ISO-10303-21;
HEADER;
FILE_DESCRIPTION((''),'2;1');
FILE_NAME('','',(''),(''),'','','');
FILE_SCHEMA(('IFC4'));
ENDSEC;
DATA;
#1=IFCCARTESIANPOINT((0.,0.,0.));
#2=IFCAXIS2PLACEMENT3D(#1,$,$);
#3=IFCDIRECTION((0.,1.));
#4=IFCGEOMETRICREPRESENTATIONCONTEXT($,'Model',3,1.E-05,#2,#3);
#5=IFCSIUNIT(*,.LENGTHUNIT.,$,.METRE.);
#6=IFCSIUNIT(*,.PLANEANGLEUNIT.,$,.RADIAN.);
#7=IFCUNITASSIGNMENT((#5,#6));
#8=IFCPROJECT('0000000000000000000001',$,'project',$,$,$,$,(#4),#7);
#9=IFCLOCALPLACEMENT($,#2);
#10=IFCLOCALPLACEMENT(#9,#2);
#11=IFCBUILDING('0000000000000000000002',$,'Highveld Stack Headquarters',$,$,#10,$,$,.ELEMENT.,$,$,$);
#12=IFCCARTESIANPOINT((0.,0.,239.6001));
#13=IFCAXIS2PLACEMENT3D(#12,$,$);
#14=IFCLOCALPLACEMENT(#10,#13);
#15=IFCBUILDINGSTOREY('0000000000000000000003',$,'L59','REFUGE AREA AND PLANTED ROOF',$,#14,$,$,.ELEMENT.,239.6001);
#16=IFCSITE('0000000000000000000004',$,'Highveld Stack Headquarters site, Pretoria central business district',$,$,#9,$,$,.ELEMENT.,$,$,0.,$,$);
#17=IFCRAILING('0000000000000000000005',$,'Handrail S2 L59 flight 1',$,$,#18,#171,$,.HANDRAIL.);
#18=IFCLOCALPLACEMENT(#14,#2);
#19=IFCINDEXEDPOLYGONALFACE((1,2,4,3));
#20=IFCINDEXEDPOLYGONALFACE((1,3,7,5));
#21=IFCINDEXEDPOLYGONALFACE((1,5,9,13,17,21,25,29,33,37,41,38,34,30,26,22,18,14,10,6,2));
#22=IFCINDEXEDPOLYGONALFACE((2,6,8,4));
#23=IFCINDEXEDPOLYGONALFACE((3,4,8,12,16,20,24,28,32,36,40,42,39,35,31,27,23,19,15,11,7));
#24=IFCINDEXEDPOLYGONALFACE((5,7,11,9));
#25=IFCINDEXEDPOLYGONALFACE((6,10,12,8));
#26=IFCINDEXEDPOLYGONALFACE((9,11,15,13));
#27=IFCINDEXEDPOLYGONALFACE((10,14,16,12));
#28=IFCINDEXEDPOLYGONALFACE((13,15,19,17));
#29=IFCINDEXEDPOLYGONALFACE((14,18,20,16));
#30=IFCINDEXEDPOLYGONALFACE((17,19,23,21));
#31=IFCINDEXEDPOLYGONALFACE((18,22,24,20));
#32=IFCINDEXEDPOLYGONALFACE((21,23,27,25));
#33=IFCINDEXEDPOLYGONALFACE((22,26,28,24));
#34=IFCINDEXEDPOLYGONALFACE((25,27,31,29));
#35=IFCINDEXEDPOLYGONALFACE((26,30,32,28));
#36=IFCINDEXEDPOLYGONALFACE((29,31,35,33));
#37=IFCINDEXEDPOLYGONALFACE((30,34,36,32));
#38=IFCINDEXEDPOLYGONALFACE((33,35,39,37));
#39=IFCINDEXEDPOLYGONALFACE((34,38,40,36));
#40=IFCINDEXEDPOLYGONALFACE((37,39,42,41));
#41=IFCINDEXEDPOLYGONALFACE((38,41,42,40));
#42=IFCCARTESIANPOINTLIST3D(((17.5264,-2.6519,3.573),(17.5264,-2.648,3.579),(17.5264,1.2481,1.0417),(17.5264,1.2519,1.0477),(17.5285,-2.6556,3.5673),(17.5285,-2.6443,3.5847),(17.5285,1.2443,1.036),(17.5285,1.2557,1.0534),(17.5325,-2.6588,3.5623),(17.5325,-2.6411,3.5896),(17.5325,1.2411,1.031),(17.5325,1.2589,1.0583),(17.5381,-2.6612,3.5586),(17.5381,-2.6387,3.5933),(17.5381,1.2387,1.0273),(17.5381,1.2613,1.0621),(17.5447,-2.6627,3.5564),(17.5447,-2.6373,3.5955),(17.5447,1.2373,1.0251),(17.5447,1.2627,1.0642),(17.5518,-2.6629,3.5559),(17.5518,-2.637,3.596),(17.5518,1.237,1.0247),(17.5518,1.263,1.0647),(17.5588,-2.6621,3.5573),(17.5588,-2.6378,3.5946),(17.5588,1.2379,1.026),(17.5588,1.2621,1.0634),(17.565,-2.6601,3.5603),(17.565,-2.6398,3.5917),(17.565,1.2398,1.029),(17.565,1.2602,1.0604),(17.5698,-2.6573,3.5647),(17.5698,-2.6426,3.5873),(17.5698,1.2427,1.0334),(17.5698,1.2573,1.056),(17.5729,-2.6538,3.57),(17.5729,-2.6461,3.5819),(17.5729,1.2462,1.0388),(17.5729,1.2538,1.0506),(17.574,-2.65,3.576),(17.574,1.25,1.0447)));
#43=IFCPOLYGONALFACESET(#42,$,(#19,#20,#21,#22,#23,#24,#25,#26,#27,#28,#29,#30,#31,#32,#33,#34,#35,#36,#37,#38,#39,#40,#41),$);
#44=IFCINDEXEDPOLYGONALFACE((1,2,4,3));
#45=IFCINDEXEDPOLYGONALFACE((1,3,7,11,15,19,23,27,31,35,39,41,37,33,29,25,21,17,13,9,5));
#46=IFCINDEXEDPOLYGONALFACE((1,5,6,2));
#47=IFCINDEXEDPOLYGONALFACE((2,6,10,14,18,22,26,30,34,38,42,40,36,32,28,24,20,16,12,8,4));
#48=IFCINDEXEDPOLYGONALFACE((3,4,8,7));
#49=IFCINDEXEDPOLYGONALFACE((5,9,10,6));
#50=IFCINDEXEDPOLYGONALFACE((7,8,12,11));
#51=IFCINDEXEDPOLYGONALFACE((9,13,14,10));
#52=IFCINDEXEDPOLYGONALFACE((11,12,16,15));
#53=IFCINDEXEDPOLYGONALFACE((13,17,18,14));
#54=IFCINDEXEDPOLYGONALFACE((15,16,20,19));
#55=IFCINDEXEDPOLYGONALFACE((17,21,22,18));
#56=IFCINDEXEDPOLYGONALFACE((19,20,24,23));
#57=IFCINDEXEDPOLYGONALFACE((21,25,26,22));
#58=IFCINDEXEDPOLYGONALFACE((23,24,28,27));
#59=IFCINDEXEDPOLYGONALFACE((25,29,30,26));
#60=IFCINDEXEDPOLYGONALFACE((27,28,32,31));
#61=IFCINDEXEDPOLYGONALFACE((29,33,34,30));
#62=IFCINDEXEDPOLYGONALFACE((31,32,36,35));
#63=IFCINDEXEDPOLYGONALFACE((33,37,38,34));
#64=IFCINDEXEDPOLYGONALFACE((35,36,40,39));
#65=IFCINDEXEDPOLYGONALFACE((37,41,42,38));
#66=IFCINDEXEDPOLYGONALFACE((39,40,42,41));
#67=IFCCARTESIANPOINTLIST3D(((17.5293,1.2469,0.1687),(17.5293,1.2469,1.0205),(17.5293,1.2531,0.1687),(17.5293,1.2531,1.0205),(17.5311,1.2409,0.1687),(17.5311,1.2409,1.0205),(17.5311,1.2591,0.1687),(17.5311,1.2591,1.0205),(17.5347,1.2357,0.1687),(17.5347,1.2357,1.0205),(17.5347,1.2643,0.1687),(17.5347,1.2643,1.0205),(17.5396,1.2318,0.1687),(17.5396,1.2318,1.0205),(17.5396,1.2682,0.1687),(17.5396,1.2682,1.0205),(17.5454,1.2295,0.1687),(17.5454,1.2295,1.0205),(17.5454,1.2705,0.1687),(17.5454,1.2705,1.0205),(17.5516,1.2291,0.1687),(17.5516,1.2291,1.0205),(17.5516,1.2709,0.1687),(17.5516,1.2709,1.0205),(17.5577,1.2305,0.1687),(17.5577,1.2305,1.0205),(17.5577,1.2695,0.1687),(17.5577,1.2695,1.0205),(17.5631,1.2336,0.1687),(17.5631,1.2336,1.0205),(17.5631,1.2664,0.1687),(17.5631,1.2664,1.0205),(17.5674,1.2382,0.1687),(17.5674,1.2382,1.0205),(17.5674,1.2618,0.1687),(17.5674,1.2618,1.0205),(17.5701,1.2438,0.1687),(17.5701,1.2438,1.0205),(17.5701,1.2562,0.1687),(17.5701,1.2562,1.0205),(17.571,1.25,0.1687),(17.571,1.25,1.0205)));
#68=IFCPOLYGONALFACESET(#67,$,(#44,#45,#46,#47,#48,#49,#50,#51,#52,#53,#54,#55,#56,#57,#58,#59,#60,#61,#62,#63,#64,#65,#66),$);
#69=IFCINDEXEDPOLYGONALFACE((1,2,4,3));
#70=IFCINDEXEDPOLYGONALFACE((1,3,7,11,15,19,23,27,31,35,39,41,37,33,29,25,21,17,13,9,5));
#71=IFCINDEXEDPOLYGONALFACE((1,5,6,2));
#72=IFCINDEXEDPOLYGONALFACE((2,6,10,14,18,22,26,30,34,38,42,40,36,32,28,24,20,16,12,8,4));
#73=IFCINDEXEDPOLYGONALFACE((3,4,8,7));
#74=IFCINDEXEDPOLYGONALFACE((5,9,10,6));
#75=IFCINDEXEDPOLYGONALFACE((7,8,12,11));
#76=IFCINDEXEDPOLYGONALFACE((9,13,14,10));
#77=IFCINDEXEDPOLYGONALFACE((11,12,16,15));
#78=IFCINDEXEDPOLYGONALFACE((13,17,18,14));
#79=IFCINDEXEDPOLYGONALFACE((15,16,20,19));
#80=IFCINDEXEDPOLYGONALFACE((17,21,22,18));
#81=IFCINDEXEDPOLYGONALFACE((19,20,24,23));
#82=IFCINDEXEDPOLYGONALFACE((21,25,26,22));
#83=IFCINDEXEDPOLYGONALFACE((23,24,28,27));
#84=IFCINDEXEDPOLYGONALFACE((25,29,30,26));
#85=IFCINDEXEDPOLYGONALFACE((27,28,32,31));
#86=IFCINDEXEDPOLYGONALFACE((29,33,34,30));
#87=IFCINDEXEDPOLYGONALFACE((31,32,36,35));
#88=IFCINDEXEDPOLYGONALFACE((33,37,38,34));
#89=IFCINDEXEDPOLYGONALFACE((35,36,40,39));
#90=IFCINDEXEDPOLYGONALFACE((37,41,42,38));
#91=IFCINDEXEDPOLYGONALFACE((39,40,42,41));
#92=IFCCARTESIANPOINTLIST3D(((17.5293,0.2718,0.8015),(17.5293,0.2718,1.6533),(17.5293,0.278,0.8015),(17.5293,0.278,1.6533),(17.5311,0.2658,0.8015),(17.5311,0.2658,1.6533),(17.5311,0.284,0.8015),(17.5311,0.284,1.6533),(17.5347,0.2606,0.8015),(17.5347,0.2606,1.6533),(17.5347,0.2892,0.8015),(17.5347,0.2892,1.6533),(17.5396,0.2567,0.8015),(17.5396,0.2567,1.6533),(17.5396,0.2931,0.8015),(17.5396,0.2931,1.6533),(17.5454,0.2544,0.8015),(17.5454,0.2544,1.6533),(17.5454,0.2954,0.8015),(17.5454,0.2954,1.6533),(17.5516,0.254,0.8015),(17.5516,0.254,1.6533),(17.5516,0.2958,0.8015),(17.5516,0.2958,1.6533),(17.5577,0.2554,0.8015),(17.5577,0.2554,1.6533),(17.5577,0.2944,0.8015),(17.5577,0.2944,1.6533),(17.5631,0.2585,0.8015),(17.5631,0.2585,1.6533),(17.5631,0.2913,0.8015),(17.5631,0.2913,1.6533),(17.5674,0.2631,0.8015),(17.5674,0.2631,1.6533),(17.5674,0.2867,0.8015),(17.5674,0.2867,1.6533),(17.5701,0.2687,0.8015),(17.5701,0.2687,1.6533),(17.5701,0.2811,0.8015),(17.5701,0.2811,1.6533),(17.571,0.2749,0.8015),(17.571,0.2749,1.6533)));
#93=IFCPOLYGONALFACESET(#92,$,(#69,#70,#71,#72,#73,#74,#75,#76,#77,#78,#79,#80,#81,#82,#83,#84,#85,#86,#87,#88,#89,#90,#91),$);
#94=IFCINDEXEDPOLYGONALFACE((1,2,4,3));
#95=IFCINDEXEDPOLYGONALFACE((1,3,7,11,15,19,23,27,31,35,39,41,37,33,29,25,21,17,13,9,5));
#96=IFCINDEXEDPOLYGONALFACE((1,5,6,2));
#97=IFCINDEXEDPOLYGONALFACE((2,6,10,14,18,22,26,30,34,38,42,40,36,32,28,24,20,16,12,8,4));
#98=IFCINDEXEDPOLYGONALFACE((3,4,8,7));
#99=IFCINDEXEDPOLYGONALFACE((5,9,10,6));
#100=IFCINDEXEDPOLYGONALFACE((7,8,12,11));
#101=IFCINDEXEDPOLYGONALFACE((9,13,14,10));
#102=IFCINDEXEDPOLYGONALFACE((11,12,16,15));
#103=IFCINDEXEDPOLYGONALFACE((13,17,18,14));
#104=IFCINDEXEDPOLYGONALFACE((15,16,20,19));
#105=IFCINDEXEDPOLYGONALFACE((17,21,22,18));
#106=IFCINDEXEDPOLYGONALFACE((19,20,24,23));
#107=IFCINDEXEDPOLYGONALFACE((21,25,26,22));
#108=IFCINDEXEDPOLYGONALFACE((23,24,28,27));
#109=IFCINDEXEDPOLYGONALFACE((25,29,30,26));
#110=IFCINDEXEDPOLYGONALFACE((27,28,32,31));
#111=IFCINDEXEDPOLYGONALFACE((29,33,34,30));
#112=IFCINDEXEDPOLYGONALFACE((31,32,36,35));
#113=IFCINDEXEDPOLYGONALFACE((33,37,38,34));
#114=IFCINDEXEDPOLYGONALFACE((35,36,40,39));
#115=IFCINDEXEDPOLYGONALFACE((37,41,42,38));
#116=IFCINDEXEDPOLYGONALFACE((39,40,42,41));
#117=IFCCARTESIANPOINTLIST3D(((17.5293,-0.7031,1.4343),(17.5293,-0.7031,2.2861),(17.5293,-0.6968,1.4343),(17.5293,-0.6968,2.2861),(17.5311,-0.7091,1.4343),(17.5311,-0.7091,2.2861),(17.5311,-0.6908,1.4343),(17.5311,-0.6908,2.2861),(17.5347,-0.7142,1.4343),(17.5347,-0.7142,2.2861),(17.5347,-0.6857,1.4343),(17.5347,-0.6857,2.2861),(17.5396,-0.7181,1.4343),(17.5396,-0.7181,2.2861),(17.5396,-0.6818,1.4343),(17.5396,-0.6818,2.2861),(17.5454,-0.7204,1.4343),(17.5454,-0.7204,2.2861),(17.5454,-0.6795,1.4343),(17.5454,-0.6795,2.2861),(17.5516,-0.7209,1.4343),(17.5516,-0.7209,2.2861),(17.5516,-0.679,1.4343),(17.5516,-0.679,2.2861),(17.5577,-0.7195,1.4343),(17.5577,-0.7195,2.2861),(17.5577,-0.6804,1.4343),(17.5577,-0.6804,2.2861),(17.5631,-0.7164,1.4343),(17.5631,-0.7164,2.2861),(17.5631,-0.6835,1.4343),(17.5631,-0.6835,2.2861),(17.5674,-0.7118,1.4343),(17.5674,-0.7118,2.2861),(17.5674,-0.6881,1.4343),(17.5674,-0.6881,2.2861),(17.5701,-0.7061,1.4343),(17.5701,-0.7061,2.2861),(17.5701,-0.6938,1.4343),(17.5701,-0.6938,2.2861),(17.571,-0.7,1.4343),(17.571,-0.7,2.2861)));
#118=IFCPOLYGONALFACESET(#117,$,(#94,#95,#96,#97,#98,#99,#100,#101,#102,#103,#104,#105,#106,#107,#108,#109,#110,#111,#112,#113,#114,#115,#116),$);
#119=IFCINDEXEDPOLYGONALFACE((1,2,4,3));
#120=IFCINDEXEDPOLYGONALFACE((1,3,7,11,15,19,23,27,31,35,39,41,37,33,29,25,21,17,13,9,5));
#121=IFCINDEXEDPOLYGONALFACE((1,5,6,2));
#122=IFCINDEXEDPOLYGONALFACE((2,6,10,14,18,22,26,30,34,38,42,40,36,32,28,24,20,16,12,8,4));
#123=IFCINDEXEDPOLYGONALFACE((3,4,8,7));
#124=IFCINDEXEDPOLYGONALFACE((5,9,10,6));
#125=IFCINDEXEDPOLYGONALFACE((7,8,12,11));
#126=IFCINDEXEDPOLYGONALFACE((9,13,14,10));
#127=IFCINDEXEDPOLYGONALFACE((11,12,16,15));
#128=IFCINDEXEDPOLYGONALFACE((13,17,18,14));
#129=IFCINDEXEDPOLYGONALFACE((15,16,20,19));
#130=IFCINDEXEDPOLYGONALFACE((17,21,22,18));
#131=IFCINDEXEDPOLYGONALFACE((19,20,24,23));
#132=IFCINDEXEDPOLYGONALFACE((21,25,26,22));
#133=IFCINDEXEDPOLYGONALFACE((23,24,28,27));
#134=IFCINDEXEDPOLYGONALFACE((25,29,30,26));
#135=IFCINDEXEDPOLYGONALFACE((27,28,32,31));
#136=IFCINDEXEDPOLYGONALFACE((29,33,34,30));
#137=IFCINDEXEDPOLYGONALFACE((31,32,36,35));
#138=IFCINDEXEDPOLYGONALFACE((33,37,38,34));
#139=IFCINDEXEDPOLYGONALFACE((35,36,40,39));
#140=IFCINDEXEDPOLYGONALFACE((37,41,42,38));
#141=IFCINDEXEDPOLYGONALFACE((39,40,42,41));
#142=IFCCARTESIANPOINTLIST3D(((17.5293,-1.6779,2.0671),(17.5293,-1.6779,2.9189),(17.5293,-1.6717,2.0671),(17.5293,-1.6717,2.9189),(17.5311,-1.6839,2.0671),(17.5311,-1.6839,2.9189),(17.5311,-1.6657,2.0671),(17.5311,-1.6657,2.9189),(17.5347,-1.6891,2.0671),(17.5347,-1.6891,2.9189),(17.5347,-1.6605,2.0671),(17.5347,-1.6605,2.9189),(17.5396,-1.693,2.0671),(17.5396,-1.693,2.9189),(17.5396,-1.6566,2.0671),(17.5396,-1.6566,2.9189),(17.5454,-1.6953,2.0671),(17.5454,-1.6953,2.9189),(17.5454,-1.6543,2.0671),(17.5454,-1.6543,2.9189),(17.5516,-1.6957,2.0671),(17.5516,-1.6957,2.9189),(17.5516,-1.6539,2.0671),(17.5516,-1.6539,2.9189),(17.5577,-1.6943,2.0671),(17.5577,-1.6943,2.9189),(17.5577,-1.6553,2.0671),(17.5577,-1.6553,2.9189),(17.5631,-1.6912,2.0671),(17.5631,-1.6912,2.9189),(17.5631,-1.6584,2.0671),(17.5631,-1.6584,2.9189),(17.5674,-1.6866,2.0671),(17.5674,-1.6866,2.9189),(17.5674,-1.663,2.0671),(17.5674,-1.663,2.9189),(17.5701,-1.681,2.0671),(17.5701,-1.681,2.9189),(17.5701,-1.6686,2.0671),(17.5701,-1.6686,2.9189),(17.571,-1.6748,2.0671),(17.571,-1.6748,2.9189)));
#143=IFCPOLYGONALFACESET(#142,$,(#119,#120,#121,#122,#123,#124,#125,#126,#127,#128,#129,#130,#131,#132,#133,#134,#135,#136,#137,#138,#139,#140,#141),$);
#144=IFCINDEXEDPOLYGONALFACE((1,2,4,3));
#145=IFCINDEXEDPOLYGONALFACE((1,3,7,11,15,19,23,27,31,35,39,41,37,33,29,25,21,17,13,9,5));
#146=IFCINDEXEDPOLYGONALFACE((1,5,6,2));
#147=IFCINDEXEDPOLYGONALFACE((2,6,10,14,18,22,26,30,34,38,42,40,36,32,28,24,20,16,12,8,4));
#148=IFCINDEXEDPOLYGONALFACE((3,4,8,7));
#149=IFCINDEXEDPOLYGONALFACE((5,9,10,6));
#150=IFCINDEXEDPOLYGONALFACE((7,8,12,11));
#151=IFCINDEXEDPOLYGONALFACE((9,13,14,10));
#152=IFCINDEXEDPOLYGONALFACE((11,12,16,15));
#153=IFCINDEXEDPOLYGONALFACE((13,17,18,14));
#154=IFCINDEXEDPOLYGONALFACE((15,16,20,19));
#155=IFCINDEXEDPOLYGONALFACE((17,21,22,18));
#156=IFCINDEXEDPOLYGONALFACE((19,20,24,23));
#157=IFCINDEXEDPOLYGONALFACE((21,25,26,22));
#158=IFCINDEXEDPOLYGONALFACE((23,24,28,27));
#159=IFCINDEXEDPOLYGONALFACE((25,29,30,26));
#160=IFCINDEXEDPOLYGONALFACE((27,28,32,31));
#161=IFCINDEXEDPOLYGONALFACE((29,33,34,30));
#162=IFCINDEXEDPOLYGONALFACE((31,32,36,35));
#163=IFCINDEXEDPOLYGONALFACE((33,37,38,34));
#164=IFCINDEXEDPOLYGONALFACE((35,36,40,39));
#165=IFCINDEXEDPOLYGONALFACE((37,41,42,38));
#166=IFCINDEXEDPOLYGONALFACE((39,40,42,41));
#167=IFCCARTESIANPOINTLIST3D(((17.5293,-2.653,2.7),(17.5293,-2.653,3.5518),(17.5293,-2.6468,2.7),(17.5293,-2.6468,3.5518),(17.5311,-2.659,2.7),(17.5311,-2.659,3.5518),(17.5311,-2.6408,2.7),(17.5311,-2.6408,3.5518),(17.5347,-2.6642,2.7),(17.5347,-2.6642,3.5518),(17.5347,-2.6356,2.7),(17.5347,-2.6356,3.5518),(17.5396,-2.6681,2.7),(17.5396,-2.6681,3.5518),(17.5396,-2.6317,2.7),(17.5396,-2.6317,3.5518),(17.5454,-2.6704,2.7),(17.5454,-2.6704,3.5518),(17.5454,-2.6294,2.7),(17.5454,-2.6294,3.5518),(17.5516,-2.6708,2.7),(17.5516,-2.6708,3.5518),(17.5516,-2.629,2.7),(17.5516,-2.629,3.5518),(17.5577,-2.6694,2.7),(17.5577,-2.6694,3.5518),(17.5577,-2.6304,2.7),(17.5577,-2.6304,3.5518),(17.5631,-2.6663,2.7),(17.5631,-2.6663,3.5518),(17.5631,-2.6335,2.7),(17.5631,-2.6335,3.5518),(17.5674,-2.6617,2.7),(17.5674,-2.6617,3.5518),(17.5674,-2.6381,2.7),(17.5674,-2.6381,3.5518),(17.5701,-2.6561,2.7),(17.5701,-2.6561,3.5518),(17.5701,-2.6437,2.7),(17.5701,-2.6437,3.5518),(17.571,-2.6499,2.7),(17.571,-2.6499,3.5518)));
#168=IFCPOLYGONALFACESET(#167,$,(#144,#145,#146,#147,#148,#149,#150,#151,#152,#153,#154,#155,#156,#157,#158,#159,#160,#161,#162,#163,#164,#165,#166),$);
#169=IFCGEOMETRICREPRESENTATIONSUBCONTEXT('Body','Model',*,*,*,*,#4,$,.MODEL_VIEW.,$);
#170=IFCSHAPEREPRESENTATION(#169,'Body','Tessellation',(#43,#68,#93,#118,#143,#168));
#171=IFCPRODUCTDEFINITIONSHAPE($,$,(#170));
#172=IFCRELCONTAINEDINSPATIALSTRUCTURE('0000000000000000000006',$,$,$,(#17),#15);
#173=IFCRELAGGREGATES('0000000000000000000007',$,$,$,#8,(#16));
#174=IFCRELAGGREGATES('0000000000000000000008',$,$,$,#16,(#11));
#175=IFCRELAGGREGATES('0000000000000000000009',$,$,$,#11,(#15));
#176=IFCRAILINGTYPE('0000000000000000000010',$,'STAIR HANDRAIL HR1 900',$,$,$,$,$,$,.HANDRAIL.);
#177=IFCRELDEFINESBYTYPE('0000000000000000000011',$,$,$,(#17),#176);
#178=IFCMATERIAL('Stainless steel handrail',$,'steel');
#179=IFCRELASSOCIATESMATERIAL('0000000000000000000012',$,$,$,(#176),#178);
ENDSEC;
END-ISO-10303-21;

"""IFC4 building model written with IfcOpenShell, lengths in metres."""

from ifc_helpers import new_model, si_unit, direction, frame, origin, origin_2d, place, context, subcontext, project, spatial, circle, extrude, material, type_object, element, save


model = new_model("IFC4")

# Units and contexts
model_context = context("Model", 3, precision=1e-05, world=origin(), true_north=direction((0.0, 1.0)))
body_context = subcontext(model_context, "Body", "Model", "MODEL_VIEW")
ifc_project = project(units=[si_unit("LENGTHUNIT", "METRE"), si_unit("PLANEANGLEUNIT", "RADIAN")], contexts=[model_context])

# Site, building, storey
site_placement = place(None, origin())
site = spatial("IfcSite", under=ifc_project, at=site_placement, Name="Highveld Stack Headquarters site, Pretoria central business district", CompositionType="ELEMENT", RefElevation=0.0)
building_placement = place(site_placement, origin())
building = spatial("IfcBuilding", under=site, at=building_placement, Name="Highveld Stack Headquarters", CompositionType="ELEMENT")
storey_placement = place(building_placement, frame((0.0, 0.0, 239.6001)))
storey = spatial("IfcBuildingStorey", under=building, at=storey_placement, Name="L59", Description="REFUGE AREA AND PLANTED ROOF", CompositionType="ELEMENT", Elevation=239.6001)

# Railing
ifc_material_1 = material(Name="Stainless steel handrail", Category="steel")
railing_type = type_object("IfcRailingType", Name="STAIR HANDRAIL HR1 900", PredefinedType="HANDRAIL", material=ifc_material_1)
for number, where, name in (
    (1, (17.55, 1.25, 0.1687), "Handrail S2 L59 flight 1"),
):
    element("IfcRailing", number, at=place(storey_placement, frame(where)), inside=storey, type_object=railing_type, Name=name, PredefinedType="HANDRAIL", context=body_context, shape_type="SweptSolid", body=[
        extrude(circle(Radius=0.0239, at=origin_2d()), frame((0.0, 0.0, 0.876), z_axis=(0.0, -0.838806, 0.544431), x_axis=(1.0, 0.0, 0.0)), (0.0, 0.0, 1.0), 4.6494),
        extrude(circle(Radius=0.021, at=origin_2d()), origin(), (0.0, 0.0, 1.0), 0.8518),
        extrude(circle(Radius=0.021, at=origin_2d()), frame((0.0, -0.9751, 0.6328)), (0.0, 0.0, 1.0), 0.8518),
        extrude(circle(Radius=0.021, at=origin_2d()), frame((0.0, -1.95, 1.2656)), (0.0, 0.0, 1.0), 0.8518),
        extrude(circle(Radius=0.021, at=origin_2d()), frame((0.0, -2.9248, 1.8984)), (0.0, 0.0, 1.0), 0.8518),
        extrude(circle(Radius=0.021, at=origin_2d()), frame((0.0, -3.8999, 2.5312)), (0.0, 0.0, 1.0), 0.8518),
    ])

save(model, "model.ifc")
